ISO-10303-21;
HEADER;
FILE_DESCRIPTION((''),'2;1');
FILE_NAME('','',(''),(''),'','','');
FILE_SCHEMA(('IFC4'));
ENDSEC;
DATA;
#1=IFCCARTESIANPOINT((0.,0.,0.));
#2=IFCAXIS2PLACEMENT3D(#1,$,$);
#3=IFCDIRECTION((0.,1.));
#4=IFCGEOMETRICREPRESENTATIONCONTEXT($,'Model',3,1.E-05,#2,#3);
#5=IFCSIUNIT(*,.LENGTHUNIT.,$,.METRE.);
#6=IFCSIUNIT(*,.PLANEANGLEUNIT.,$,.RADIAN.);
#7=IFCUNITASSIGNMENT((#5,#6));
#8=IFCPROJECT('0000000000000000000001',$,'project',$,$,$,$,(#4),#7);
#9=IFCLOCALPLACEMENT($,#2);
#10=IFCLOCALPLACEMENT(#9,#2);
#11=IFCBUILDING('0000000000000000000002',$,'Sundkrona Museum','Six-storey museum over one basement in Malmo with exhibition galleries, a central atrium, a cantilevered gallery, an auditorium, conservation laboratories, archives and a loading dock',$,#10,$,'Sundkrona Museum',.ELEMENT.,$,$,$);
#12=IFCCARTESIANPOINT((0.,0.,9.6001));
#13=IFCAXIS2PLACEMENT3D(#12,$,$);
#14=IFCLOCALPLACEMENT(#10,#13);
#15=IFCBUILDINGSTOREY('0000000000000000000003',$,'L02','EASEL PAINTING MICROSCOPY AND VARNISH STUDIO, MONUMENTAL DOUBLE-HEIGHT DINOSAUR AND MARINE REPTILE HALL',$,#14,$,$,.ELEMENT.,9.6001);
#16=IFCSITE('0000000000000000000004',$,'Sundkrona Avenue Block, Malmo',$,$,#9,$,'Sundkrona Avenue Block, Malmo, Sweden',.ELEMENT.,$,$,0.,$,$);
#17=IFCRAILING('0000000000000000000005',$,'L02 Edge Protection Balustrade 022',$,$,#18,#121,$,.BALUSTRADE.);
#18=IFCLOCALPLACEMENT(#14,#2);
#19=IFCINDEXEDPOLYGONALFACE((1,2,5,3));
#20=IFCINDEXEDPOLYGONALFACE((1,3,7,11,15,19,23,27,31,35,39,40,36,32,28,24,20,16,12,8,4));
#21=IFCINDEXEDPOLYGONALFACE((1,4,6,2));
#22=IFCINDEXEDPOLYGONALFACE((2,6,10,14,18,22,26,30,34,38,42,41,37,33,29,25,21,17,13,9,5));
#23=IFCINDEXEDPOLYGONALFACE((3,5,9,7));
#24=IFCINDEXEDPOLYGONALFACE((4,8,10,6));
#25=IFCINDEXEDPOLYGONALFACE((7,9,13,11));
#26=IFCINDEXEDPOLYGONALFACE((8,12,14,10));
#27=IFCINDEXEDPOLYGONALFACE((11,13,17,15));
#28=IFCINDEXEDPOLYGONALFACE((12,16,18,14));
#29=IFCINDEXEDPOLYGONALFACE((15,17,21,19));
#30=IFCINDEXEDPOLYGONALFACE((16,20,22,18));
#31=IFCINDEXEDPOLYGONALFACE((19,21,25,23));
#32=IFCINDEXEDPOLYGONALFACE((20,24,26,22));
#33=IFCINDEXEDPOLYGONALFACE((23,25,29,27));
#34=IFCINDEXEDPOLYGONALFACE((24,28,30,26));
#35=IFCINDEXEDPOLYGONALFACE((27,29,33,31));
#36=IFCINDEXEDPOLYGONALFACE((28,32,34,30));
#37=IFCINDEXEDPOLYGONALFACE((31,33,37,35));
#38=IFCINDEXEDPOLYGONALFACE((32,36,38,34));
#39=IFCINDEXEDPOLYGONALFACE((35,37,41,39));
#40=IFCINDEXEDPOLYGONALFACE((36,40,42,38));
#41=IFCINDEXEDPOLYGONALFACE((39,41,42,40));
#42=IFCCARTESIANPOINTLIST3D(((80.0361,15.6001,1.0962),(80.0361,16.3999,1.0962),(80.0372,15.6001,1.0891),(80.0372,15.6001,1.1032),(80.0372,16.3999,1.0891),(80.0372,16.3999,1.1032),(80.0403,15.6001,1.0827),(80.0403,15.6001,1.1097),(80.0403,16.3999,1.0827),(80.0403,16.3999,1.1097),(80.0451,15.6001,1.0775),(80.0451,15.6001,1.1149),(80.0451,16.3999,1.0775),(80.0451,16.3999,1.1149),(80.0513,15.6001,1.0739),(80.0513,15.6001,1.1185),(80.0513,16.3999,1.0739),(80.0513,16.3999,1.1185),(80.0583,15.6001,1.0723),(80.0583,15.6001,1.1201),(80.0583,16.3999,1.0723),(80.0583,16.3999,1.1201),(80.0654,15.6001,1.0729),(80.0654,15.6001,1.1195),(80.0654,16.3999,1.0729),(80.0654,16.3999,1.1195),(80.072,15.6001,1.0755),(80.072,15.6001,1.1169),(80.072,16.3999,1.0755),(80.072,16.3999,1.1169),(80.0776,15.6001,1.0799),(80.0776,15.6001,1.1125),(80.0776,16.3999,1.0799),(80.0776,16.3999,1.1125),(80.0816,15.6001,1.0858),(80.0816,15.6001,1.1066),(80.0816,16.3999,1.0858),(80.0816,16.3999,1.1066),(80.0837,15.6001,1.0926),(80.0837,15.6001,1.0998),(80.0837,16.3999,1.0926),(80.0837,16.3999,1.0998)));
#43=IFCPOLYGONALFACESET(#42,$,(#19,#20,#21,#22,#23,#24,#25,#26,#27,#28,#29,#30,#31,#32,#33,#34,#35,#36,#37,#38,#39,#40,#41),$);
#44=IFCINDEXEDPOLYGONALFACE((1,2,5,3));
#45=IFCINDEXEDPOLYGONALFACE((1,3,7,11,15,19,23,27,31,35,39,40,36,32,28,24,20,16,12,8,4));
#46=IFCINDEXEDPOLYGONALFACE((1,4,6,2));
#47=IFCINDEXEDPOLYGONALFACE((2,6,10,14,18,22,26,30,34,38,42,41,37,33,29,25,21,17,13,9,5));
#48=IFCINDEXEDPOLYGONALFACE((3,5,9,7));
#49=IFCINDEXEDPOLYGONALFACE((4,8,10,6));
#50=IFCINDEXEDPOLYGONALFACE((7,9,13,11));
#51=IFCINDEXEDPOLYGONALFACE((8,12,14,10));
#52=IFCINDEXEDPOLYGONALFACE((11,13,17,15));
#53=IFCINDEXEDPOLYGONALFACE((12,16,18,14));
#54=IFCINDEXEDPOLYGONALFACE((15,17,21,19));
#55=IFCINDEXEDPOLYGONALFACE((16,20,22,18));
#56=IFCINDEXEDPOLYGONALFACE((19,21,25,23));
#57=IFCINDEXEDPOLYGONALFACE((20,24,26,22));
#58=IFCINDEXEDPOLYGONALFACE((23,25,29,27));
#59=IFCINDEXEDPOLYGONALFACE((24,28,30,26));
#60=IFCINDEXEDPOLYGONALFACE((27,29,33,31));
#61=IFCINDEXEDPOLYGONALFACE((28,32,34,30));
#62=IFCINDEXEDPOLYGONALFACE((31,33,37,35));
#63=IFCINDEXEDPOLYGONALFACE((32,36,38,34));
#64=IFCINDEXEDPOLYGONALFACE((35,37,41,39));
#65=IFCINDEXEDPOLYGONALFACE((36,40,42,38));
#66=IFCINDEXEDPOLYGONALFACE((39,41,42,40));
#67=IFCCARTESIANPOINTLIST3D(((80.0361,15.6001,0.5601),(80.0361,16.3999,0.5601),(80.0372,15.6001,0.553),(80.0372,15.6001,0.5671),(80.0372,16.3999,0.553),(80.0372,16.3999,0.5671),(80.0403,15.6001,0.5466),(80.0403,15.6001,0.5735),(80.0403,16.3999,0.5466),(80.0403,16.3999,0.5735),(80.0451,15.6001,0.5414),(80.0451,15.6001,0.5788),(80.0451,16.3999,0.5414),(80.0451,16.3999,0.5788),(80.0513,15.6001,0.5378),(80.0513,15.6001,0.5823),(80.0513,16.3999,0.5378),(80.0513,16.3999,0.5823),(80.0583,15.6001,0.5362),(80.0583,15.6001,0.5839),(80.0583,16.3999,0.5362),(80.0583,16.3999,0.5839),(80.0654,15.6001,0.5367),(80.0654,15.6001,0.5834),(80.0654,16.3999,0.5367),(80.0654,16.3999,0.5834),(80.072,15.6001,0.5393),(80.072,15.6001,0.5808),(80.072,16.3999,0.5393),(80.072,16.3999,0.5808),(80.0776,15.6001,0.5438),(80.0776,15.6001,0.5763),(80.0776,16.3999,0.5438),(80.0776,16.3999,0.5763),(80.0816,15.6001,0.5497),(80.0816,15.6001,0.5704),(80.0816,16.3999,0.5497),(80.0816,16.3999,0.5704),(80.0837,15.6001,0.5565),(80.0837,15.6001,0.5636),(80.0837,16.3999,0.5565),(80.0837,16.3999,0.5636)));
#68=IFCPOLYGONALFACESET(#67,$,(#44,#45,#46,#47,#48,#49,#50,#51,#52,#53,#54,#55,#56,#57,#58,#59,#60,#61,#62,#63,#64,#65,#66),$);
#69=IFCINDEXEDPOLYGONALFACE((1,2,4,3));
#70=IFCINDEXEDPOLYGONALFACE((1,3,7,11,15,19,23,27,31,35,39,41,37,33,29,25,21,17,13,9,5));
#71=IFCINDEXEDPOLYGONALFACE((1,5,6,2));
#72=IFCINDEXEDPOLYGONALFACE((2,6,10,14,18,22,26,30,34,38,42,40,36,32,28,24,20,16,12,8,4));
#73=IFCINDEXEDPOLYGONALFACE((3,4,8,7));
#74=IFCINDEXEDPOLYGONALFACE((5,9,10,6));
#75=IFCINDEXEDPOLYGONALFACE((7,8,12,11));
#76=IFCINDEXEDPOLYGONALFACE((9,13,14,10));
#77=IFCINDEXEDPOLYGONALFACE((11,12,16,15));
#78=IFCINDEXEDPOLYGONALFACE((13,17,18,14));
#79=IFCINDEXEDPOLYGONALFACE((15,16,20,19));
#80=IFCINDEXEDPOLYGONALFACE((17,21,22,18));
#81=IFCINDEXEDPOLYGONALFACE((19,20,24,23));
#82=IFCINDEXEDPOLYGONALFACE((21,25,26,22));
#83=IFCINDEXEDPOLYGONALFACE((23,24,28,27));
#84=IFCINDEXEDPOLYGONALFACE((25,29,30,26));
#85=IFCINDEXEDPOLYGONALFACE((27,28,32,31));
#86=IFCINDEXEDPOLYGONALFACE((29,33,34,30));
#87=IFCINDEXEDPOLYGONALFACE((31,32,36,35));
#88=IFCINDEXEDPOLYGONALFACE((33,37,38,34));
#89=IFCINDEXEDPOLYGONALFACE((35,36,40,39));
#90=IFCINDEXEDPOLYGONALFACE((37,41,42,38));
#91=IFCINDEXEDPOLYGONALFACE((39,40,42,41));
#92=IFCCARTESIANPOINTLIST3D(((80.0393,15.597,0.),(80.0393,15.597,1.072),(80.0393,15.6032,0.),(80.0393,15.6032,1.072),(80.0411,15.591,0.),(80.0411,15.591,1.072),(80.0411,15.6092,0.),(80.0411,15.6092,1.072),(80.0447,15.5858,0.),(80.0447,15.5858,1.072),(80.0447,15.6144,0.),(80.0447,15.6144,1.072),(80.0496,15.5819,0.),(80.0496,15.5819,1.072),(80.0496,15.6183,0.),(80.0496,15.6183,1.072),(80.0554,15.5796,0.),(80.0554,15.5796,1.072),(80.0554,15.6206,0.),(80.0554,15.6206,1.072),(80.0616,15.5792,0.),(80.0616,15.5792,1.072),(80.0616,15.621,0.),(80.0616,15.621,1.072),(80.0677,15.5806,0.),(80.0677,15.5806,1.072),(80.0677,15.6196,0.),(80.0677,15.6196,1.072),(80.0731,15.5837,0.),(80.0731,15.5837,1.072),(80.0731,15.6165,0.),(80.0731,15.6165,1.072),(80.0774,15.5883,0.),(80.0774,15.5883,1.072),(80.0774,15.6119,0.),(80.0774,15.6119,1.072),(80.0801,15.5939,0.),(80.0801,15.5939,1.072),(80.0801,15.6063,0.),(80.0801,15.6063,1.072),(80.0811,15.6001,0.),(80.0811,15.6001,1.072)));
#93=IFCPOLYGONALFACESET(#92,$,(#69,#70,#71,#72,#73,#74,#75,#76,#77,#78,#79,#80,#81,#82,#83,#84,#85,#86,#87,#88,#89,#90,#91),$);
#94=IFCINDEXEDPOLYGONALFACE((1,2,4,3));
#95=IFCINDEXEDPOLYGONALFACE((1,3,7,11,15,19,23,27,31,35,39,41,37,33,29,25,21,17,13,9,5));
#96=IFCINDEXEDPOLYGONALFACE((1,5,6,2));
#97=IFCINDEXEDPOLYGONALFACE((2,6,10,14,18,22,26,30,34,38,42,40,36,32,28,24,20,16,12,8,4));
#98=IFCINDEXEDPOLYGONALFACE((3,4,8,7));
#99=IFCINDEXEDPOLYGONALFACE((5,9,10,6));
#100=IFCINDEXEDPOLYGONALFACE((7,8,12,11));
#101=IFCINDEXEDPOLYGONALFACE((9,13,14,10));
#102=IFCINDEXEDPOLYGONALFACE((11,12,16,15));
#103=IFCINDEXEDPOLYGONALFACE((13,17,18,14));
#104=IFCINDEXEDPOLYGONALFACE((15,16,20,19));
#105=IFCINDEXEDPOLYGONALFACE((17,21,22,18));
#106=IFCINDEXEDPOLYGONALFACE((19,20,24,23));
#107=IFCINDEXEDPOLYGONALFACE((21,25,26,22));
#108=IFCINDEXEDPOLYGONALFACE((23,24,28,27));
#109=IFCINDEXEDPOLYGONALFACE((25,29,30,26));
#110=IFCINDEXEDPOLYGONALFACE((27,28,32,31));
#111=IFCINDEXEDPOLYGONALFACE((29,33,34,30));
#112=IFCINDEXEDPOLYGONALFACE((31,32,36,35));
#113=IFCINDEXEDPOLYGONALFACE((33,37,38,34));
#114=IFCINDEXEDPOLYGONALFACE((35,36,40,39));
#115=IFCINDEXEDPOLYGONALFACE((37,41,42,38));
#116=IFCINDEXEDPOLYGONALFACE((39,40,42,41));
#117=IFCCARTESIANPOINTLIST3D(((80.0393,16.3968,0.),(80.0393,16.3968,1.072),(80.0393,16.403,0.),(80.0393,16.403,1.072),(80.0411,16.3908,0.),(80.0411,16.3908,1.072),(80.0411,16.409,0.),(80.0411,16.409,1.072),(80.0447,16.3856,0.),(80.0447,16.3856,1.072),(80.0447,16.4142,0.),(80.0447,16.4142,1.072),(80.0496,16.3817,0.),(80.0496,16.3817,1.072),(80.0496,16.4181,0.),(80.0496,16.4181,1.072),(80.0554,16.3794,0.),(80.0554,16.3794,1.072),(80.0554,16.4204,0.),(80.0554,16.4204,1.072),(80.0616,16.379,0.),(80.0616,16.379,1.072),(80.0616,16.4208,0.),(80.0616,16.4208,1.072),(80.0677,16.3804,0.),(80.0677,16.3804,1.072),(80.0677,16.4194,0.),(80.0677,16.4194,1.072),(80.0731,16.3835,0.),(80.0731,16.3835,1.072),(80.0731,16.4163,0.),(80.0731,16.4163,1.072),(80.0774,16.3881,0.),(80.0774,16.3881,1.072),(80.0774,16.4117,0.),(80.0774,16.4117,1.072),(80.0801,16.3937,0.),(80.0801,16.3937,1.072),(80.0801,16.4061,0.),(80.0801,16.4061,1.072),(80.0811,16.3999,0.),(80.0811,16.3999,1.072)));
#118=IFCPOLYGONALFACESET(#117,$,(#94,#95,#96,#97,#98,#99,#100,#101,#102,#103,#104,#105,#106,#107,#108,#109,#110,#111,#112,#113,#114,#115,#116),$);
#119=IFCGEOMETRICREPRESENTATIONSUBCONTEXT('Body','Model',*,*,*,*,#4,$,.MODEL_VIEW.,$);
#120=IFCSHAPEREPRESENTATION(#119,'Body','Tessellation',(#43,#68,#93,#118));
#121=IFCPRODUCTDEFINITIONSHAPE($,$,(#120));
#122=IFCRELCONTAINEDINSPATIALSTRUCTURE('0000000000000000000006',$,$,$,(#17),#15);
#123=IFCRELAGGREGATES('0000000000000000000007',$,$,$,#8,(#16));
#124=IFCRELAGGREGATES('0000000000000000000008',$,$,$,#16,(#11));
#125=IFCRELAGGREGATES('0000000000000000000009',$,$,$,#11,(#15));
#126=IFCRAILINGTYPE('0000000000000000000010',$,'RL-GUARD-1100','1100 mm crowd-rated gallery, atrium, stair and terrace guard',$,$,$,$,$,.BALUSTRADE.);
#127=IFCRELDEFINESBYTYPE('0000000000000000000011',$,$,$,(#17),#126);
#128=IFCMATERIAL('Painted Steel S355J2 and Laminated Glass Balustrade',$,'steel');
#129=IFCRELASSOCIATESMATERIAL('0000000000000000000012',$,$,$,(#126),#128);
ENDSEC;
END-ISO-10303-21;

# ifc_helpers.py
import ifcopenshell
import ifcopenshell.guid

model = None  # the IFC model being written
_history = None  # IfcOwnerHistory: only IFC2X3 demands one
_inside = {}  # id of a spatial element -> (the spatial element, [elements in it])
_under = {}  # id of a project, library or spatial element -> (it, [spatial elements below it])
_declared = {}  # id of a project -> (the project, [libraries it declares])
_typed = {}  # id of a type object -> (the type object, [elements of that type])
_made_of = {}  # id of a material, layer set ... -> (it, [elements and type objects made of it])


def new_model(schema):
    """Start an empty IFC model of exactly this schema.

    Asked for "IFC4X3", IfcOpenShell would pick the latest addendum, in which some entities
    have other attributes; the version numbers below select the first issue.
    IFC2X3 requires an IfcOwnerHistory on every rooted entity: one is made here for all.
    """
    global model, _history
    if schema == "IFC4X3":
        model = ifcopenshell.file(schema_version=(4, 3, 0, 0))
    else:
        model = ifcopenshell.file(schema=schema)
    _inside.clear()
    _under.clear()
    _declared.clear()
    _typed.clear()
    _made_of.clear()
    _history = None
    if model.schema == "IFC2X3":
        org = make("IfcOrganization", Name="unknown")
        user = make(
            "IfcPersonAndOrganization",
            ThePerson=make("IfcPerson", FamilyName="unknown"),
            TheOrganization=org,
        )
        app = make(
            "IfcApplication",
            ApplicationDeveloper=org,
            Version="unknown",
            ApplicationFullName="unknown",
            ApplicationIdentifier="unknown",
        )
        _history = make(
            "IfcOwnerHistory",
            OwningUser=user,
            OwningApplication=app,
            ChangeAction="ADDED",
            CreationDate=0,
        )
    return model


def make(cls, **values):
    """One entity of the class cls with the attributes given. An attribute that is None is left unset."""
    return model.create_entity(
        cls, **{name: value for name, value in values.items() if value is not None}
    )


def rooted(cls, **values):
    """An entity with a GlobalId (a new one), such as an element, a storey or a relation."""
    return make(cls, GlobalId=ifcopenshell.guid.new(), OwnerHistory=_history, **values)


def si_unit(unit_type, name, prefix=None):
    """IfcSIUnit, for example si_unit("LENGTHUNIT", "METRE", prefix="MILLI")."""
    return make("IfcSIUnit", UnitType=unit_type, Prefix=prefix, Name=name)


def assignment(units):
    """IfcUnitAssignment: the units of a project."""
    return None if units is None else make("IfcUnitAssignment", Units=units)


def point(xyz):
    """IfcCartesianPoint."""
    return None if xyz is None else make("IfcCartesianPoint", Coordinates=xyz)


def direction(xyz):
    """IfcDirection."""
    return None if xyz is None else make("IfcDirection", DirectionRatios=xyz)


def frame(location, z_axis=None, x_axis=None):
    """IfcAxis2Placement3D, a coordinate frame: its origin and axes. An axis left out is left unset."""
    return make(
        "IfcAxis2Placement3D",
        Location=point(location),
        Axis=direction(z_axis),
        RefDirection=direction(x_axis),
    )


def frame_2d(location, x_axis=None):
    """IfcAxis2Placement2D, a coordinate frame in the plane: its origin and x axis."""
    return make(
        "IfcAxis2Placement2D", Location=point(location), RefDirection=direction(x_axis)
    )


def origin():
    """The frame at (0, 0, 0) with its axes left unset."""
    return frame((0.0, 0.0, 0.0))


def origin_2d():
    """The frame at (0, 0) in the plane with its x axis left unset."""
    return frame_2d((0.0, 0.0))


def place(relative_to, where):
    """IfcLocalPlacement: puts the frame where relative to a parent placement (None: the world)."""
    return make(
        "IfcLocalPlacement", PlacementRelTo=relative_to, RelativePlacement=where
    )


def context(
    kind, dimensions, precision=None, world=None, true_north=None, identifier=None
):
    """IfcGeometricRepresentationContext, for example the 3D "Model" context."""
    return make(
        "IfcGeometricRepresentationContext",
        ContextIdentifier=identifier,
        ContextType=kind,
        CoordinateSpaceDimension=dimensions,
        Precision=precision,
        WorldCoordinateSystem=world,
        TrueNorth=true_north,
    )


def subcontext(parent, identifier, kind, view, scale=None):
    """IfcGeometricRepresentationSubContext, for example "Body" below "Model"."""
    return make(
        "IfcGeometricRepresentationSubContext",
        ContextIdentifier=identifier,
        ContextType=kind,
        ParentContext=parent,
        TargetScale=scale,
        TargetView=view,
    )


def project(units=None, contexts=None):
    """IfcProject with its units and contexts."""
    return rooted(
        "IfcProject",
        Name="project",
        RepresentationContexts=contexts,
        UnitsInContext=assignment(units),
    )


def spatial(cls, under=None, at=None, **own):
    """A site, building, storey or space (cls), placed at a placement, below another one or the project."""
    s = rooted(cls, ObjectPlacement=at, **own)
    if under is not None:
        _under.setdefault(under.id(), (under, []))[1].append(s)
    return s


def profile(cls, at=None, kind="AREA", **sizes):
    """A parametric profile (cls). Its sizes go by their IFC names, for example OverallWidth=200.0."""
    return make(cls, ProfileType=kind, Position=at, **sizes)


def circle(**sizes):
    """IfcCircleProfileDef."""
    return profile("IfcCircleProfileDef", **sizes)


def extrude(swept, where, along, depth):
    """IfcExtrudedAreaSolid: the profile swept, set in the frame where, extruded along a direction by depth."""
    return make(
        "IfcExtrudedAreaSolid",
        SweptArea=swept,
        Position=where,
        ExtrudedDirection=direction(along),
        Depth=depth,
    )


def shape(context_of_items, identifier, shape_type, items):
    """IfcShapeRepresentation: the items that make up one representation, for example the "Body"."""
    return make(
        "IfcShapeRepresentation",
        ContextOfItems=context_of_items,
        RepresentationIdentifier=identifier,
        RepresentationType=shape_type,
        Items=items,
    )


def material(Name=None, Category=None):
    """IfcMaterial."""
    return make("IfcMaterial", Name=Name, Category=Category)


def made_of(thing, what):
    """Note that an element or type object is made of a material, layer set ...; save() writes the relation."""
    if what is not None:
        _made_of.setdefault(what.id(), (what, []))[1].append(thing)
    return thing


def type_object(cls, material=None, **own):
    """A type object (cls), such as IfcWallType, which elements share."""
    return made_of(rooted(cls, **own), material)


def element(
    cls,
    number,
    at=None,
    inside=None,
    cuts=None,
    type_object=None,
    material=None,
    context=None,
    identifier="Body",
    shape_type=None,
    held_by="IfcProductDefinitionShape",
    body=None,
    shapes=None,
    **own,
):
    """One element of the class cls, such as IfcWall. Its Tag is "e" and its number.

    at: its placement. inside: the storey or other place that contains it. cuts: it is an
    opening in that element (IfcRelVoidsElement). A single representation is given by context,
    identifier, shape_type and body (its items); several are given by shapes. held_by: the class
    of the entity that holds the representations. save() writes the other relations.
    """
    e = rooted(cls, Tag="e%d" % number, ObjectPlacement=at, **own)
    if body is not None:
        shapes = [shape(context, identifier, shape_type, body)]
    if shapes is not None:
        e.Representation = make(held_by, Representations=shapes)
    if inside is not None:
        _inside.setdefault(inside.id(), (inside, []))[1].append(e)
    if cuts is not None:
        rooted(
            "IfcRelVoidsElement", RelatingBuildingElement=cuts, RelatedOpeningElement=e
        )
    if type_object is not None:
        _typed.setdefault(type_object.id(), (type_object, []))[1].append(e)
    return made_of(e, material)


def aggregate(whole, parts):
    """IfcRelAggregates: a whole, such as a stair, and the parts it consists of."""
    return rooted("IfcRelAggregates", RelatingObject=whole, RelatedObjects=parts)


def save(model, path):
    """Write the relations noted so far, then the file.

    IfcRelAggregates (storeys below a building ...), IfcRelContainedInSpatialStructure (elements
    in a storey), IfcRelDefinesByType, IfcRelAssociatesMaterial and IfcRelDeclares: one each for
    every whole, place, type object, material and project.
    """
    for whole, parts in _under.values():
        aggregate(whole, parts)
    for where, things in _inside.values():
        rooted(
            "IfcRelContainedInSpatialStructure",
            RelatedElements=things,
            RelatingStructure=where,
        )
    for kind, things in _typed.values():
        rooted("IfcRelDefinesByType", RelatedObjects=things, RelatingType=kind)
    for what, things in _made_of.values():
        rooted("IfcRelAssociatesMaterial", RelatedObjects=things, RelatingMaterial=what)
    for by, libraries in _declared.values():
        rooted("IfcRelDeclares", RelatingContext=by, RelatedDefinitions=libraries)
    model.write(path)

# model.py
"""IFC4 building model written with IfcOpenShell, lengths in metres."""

from ifc_helpers import new_model, si_unit, direction, frame, origin, origin_2d, place, context, subcontext, project, spatial, circle, extrude, material, type_object, element, save


model = new_model("IFC4")

# Units and contexts
model_context = context("Model", 3, precision=1e-05, world=origin(), true_north=direction((0.0, 1.0)))
body_context = subcontext(model_context, "Body", "Model", "MODEL_VIEW")
ifc_project = project(units=[si_unit("LENGTHUNIT", "METRE"), si_unit("PLANEANGLEUNIT", "RADIAN")], contexts=[model_context])

# Site, building, storey
site_placement = place(None, origin())
site = spatial("IfcSite", under=ifc_project, at=site_placement, Name="Sundkrona Avenue Block, Malmo", LongName="Sundkrona Avenue Block, Malmo, Sweden", CompositionType="ELEMENT", RefElevation=0.0)
building_placement = place(site_placement, origin())
building = spatial("IfcBuilding", under=site, at=building_placement, Name="Sundkrona Museum", Description="Six-storey museum over one basement in Malmo with exhibition galleries, a central atrium, a cantilevered gallery, an auditorium, conservation laboratories, archives and a loading dock", LongName="Sundkrona Museum", CompositionType="ELEMENT")
storey_placement = place(building_placement, frame((0.0, 0.0, 9.6001)))
storey = spatial("IfcBuildingStorey", under=building, at=storey_placement, Name="L02", Description="EASEL PAINTING MICROSCOPY AND VARNISH STUDIO, MONUMENTAL DOUBLE-HEIGHT DINOSAUR AND MARINE REPTILE HALL", CompositionType="ELEMENT", Elevation=9.6001)

# Railing
ifc_material_1 = material(Name="Painted Steel S355J2 and Laminated Glass Balustrade", Category="steel")
railing_type_1 = type_object("IfcRailingType", Name="RL-GUARD-1100", Description="1100 mm crowd-rated gallery, atrium, stair and terrace guard", PredefinedType="BALUSTRADE", material=ifc_material_1)
for number, where, name in (
    (1, (80.0601, 15.6001, 0.0), "L02 Edge Protection Balustrade 022"),
):
    element("IfcRailing", number, at=place(storey_placement, frame(where)), inside=storey, type_object=railing_type_1, Name=name, PredefinedType="BALUSTRADE", context=body_context, shape_type="SweptSolid", body=[
        extrude(circle(Radius=0.0239, at=origin_2d()), frame((0.0, 0.0, 1.0962), z_axis=(0.0, 1.0, 0.0), x_axis=(-1.0, 0.0, 0.0)), (0.0, 0.0, 1.0), 0.7998),
        extrude(circle(Radius=0.0239, at=origin_2d()), frame((0.0, 0.0, 0.5601), z_axis=(0.0, 1.0, 0.0), x_axis=(-1.0, 0.0, 0.0)), (0.0, 0.0, 1.0), 0.7998),
        extrude(circle(Radius=0.021, at=origin_2d()), origin(), (0.0, 0.0, 1.0), 1.072),
        extrude(circle(Radius=0.021, at=origin_2d()), frame((0.0, 0.7998, 0.0)), (0.0, 0.0, 1.0), 1.072),
    ])

save(model, "model.ifc")
